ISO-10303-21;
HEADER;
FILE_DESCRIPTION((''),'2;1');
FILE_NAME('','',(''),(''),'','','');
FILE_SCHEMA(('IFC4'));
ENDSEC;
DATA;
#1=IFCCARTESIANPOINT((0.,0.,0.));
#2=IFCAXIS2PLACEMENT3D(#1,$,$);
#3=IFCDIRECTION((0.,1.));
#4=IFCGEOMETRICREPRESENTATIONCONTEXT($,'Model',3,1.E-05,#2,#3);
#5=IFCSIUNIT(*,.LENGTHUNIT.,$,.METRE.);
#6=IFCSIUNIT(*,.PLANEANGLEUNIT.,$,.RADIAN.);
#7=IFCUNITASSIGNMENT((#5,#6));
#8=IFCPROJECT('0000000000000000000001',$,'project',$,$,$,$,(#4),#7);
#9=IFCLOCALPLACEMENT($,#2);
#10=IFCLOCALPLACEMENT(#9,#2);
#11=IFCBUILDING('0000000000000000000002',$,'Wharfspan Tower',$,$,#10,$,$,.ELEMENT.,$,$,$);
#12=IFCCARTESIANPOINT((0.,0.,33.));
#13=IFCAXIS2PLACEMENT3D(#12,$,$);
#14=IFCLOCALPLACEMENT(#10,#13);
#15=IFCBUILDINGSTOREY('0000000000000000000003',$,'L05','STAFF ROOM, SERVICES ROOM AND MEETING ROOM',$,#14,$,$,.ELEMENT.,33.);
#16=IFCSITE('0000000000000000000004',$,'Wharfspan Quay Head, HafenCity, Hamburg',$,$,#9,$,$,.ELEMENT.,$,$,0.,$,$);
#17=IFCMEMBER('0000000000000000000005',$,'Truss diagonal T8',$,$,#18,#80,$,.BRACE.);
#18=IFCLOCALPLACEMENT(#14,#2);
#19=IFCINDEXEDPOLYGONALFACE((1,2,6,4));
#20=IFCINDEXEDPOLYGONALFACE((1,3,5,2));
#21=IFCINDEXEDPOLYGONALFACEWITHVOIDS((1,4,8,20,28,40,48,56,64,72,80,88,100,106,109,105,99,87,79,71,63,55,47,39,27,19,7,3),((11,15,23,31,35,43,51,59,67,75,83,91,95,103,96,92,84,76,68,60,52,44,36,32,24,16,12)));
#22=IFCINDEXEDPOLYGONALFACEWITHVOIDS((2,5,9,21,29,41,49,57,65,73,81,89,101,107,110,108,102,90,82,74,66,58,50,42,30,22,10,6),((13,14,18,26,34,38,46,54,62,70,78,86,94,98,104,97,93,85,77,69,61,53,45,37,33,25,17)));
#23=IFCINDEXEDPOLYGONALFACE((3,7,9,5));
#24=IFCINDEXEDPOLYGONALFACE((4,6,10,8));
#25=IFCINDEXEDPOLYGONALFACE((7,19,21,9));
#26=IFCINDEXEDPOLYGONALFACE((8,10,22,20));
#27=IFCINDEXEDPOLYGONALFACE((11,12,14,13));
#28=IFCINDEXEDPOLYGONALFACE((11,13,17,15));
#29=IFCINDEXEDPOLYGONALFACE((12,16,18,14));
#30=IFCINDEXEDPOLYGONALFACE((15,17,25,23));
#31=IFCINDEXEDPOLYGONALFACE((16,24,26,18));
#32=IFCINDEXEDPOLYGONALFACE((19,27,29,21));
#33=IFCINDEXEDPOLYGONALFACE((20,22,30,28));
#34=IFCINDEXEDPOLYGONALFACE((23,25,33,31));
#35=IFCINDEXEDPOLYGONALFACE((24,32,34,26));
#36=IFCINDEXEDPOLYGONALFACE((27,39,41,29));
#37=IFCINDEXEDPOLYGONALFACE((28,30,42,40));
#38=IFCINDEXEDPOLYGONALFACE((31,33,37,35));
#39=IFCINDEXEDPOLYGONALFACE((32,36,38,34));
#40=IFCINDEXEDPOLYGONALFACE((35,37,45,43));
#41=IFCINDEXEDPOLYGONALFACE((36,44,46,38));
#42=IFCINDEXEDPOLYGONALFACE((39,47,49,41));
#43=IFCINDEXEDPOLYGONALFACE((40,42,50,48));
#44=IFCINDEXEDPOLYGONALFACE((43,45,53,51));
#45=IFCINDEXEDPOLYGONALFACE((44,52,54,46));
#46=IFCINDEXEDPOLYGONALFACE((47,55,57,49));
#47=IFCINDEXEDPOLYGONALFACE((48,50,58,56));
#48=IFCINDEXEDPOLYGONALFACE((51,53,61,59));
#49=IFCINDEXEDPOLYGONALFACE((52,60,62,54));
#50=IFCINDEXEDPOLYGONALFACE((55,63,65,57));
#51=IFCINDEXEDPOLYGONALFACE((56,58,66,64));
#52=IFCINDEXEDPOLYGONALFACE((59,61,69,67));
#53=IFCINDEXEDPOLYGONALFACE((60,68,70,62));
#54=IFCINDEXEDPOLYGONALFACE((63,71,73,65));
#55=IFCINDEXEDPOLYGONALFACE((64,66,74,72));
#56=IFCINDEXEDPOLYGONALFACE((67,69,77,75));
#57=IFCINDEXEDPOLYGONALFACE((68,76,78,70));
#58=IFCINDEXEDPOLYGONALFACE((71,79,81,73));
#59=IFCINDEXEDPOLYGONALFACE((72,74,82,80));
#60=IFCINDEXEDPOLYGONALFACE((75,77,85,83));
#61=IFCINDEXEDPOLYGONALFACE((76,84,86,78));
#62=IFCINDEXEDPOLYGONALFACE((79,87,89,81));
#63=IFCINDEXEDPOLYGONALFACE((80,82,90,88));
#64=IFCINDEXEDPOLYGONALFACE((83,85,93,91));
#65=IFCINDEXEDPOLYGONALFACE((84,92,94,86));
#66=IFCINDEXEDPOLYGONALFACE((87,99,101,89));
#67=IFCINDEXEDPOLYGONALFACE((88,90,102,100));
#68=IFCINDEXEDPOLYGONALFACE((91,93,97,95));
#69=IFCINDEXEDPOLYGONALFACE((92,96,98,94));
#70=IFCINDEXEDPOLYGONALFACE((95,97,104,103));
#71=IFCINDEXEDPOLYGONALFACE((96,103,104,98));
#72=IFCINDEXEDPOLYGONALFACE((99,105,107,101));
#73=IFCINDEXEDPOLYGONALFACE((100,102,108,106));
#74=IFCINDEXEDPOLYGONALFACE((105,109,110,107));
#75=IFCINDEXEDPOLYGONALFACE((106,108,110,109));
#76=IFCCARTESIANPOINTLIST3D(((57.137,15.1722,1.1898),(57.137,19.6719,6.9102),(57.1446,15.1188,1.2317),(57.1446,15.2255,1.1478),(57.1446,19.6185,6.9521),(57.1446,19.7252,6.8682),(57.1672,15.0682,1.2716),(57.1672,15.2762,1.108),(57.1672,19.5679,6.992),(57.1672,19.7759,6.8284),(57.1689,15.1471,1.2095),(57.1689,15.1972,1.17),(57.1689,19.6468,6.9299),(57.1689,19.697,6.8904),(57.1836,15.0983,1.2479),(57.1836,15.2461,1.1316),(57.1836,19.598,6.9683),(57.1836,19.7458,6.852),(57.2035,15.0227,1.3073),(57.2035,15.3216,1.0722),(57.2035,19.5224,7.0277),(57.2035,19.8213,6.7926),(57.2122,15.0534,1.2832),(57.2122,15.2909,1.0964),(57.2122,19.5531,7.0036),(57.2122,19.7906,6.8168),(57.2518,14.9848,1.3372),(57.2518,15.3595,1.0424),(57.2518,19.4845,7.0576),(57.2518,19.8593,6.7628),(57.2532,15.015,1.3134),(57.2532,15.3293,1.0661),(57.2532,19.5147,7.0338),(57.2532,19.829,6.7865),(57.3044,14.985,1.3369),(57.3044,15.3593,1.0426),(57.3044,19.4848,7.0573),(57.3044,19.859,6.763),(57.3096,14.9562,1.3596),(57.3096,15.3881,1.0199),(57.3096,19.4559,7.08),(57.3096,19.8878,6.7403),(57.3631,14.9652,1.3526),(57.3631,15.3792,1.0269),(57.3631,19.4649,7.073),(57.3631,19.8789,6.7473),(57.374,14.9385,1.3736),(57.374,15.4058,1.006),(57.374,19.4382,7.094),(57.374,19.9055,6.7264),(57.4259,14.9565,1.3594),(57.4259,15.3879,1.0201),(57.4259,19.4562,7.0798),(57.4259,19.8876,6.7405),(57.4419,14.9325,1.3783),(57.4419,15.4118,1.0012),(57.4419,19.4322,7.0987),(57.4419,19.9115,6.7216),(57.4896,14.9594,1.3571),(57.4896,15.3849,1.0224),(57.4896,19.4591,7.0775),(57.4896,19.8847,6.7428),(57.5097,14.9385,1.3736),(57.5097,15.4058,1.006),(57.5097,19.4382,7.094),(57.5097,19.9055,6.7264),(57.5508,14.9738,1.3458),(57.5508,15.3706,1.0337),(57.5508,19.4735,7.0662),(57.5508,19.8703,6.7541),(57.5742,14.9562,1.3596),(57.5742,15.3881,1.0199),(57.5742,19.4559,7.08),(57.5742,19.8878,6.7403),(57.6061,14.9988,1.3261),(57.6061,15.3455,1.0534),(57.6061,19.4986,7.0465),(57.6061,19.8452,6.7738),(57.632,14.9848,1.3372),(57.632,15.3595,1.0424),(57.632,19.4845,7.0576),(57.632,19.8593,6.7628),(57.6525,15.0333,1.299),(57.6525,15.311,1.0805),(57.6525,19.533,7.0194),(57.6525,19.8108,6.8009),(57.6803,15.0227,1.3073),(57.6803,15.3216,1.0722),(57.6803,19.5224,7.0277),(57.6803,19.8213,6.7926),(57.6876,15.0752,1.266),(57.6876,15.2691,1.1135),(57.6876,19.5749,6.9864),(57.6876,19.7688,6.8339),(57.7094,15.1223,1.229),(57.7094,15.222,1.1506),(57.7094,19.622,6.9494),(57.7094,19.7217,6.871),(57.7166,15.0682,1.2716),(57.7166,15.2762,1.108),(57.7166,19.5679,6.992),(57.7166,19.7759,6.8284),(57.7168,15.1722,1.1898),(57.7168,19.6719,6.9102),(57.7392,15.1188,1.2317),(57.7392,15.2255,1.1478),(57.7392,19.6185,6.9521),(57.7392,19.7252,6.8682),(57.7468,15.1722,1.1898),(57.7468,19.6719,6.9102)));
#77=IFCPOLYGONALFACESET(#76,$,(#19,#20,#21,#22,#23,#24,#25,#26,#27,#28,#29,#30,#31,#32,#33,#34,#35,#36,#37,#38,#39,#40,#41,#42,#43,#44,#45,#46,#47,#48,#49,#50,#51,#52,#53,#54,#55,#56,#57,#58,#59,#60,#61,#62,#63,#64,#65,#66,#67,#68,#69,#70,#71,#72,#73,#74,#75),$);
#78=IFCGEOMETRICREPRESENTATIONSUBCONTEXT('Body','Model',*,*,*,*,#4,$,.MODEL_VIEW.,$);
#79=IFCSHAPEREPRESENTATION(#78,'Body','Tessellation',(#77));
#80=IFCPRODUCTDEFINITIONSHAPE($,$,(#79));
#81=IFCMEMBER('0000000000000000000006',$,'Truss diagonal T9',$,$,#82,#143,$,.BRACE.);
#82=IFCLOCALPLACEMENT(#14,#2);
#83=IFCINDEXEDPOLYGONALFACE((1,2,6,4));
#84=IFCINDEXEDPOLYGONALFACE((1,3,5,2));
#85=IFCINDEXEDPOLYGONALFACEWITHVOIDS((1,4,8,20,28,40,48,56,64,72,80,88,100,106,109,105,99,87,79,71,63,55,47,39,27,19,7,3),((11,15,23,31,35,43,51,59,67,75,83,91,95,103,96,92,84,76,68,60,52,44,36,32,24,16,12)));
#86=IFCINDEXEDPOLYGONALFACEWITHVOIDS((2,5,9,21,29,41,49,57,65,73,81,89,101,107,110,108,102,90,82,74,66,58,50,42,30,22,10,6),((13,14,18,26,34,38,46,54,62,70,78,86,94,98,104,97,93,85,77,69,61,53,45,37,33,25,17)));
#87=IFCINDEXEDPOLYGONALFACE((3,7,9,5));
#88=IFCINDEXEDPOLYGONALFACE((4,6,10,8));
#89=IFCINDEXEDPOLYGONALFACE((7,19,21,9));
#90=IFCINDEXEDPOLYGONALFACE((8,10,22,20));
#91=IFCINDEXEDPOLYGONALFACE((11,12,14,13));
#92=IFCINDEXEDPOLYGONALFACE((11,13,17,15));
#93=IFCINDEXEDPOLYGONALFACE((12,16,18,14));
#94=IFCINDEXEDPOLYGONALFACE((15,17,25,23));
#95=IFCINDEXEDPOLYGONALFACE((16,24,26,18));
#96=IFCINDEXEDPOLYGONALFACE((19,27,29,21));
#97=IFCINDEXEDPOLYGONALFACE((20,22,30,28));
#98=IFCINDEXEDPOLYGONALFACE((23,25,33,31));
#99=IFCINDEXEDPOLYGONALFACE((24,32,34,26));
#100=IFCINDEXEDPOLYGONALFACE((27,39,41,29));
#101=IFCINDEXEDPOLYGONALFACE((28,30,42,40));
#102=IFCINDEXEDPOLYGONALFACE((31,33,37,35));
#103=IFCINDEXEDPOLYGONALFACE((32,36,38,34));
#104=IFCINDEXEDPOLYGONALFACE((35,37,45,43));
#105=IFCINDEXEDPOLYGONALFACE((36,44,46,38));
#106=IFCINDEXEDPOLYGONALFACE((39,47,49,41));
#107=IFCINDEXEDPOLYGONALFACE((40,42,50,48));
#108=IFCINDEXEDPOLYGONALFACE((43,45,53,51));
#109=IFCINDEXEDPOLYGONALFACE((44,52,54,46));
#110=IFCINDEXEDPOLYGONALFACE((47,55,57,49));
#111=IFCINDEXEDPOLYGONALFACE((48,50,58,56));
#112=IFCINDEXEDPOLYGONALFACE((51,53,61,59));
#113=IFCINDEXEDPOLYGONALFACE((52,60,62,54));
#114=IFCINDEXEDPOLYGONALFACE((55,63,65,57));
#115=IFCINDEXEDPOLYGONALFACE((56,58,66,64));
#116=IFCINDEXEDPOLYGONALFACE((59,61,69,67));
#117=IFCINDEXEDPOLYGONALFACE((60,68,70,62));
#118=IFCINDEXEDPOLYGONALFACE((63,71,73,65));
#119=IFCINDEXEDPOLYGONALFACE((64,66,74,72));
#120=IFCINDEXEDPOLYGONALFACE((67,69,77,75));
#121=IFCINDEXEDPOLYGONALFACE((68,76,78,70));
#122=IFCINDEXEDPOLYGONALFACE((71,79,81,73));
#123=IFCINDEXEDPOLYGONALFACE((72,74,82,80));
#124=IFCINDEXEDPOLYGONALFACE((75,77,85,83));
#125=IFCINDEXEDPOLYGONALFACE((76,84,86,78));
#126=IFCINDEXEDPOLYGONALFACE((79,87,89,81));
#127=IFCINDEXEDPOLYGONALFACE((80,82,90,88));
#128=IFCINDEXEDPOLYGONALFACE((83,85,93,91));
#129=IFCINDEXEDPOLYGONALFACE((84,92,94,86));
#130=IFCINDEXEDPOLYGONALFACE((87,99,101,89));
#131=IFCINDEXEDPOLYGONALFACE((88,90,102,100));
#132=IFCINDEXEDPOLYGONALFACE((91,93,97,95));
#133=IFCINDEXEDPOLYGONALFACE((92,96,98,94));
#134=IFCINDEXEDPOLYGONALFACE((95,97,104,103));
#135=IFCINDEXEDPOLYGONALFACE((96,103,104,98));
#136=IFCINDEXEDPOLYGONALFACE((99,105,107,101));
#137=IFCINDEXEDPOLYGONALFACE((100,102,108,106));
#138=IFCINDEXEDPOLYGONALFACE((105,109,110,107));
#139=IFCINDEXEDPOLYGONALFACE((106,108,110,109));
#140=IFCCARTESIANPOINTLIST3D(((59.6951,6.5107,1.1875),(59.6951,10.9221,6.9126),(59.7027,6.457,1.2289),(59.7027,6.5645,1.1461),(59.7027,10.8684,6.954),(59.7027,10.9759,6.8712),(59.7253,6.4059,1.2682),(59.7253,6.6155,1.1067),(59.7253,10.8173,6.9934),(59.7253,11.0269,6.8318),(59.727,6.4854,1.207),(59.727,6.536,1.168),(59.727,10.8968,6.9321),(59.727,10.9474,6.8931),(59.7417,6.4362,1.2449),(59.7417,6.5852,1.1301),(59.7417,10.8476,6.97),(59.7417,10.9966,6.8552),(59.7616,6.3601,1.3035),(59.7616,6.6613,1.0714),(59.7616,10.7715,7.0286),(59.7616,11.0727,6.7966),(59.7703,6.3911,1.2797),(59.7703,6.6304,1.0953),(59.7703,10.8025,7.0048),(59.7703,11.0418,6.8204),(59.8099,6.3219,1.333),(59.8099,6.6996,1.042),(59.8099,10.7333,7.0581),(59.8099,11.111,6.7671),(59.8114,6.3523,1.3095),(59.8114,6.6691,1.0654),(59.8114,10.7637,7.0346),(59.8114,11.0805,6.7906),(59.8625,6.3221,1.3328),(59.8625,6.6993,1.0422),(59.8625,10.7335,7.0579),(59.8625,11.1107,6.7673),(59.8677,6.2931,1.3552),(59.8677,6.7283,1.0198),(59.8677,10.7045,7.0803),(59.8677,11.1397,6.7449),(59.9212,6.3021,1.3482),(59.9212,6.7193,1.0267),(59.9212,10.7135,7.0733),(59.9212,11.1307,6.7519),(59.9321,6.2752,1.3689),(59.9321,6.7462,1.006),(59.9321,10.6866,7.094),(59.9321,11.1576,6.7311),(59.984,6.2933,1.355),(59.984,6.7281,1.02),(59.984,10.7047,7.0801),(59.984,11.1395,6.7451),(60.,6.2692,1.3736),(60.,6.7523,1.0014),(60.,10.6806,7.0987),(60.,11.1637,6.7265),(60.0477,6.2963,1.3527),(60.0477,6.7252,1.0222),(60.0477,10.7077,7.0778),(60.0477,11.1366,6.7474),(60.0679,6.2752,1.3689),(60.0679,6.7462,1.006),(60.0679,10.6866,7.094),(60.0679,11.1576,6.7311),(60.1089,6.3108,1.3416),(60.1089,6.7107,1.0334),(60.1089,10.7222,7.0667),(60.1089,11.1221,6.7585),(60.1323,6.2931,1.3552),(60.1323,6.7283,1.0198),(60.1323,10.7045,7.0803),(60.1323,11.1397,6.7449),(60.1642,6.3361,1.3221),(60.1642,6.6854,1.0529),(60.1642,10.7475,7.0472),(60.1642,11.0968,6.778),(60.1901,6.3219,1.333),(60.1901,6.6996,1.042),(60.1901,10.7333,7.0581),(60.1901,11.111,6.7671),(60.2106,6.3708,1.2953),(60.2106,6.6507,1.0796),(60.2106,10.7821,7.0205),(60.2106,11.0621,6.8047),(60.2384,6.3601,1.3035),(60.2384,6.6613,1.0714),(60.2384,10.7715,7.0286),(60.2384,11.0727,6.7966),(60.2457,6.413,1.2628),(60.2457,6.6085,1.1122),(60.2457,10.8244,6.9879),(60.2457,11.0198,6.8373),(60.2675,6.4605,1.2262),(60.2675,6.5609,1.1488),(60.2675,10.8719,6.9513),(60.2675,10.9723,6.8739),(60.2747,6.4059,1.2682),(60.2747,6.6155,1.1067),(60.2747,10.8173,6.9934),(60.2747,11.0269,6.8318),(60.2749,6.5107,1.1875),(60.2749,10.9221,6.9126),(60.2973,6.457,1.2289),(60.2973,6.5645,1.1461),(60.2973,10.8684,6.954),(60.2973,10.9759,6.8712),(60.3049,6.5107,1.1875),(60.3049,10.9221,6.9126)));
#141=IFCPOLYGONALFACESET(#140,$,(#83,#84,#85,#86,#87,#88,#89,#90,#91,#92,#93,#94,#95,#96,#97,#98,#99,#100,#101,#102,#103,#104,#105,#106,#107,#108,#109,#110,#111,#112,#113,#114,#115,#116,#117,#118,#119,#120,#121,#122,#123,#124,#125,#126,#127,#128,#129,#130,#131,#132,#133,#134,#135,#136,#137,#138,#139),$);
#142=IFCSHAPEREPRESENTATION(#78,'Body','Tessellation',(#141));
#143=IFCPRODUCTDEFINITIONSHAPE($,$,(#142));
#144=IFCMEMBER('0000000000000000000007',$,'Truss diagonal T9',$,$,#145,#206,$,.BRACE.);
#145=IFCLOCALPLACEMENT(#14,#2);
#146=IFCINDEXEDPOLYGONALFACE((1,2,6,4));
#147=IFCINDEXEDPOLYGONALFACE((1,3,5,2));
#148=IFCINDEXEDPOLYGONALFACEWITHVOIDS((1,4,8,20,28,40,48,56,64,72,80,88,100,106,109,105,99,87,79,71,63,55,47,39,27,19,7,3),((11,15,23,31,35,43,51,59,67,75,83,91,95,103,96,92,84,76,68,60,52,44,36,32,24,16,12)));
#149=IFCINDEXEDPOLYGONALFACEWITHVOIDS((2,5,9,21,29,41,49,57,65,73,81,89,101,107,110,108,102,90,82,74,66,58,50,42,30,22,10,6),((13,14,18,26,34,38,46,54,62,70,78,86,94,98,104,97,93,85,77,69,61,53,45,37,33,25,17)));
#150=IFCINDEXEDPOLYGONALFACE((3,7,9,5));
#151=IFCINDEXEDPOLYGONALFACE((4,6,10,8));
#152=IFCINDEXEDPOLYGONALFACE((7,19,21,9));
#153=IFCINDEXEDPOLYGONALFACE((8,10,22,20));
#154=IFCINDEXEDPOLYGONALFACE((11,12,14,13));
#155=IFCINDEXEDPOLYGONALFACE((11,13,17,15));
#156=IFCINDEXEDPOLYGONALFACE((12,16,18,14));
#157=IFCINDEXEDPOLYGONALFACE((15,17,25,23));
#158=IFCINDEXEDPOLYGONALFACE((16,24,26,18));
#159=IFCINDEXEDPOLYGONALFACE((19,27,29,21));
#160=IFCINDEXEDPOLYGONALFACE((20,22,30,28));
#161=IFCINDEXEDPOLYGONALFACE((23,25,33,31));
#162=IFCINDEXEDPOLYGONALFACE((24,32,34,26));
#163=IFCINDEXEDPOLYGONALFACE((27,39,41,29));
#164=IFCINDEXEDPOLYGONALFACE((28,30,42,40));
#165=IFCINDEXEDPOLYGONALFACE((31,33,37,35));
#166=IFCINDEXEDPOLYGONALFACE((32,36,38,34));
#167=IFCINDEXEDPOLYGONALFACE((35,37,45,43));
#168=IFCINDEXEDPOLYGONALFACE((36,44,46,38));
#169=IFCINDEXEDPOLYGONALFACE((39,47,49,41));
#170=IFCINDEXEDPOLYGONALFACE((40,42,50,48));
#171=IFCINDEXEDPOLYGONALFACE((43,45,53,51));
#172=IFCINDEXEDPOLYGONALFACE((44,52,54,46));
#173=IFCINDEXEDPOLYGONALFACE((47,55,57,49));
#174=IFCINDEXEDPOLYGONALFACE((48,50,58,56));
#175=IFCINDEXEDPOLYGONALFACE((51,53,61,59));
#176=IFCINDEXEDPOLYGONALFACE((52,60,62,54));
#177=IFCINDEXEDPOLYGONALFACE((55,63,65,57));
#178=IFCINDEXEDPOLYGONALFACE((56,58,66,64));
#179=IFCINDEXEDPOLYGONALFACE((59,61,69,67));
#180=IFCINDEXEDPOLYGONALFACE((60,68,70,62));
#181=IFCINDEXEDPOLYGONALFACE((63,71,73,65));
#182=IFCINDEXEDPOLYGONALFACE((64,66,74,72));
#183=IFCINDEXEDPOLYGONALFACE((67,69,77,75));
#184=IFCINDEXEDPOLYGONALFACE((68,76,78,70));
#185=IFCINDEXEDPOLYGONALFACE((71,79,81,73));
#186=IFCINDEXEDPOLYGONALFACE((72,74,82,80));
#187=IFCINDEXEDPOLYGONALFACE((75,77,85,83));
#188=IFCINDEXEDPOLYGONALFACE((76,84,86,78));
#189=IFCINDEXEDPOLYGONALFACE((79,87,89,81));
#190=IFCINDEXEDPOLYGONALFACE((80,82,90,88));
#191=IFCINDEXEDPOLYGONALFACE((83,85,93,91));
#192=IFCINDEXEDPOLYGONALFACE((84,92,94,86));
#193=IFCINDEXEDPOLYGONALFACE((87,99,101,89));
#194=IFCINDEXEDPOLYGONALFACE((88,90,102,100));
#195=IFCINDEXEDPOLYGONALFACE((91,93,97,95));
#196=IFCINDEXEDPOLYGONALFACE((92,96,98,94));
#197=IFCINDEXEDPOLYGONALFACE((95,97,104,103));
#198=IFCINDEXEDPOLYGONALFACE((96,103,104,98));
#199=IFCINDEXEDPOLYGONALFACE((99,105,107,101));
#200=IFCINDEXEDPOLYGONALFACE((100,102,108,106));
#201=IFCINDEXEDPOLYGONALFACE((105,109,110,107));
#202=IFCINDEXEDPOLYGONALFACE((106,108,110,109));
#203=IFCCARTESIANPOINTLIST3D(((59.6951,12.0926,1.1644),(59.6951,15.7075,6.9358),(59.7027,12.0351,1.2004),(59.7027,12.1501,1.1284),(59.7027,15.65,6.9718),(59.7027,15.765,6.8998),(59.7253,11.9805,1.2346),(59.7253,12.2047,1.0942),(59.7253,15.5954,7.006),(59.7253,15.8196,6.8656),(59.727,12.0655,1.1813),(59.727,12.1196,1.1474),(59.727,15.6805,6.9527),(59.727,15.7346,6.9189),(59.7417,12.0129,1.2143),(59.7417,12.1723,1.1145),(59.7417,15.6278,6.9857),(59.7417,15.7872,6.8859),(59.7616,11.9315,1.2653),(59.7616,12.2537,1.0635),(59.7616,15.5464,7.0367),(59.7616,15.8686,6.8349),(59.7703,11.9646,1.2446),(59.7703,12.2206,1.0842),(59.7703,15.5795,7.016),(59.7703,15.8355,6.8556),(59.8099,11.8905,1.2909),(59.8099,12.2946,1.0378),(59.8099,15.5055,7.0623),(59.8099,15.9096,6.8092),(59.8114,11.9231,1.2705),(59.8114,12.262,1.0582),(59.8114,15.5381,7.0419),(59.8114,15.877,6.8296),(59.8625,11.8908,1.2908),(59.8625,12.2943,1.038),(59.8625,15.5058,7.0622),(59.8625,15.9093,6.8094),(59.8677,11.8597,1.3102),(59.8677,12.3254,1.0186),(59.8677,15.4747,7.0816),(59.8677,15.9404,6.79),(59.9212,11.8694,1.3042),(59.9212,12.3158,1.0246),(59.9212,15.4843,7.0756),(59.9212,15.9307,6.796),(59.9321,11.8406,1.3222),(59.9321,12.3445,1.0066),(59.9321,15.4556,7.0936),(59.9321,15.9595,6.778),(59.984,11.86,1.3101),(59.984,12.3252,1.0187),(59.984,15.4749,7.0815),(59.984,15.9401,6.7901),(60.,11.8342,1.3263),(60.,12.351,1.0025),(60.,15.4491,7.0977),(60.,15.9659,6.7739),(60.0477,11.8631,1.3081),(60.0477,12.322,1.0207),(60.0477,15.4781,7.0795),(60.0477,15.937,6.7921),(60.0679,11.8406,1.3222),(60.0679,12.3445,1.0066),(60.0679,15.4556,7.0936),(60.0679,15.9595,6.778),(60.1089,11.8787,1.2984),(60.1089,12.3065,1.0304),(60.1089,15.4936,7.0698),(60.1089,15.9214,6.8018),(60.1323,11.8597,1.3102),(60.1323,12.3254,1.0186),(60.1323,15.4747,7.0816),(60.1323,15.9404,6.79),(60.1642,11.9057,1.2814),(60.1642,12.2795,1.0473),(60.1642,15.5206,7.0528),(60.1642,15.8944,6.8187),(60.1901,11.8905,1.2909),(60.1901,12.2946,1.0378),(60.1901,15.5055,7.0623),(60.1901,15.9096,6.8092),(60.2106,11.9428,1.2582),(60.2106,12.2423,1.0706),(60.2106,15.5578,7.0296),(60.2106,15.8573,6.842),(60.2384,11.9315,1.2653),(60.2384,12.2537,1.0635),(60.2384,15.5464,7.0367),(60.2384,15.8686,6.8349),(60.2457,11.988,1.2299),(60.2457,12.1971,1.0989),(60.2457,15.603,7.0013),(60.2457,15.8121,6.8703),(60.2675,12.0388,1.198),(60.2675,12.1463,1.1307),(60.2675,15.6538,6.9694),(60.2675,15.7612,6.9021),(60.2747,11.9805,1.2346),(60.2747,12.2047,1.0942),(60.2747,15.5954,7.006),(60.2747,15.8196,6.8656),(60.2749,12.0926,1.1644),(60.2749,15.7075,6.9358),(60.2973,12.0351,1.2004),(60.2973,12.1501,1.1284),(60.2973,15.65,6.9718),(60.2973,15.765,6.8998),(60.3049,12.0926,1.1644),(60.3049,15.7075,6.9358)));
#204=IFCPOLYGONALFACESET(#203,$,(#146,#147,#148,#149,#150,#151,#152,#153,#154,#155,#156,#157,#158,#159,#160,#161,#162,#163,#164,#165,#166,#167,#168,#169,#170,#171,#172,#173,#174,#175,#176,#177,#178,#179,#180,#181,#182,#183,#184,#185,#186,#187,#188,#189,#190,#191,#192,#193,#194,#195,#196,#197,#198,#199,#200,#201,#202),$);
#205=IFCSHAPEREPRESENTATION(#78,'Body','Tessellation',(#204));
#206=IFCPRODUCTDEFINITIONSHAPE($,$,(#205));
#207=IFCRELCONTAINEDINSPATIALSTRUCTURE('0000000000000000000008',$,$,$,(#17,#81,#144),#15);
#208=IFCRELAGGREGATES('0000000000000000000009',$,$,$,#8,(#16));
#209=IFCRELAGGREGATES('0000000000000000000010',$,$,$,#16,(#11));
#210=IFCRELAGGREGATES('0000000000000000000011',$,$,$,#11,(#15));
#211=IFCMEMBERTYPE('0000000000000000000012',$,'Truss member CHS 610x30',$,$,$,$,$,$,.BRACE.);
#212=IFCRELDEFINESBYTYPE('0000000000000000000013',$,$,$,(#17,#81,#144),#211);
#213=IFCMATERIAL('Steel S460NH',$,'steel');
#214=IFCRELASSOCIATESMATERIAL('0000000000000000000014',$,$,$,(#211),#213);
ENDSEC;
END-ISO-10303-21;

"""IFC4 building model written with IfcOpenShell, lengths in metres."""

from ifc_helpers import new_model, si_unit, direction, frame, origin, origin_2d, place, context, subcontext, project, spatial, hollow_circle, extrude, material, material_profile, profile_set, type_object, element, save


model = new_model("IFC4")

# Units and contexts
model_context = context("Model", 3, precision=1e-05, world=origin(), true_north=direction((0.0, 1.0)))
body_context = subcontext(model_context, "Body", "Model", "MODEL_VIEW")
ifc_project = project(units=[si_unit("LENGTHUNIT", "METRE"), si_unit("PLANEANGLEUNIT", "RADIAN")], contexts=[model_context])

# Site, building, storey
site_placement = place(None, origin())
site = spatial("IfcSite", under=ifc_project, at=site_placement, Name="Wharfspan Quay Head, HafenCity, Hamburg", CompositionType="ELEMENT", RefElevation=0.0)
building_placement = place(site_placement, origin())
building = spatial("IfcBuilding", under=site, at=building_placement, Name="Wharfspan Tower", CompositionType="ELEMENT")
storey_placement = place(building_placement, frame((0.0, 0.0, 33.0)))
storey = spatial("IfcBuildingStorey", under=building, at=storey_placement, Name="L05", Description="STAFF ROOM, SERVICES ROOM AND MEETING ROOM", CompositionType="ELEMENT", Elevation=33.0)

# Members
ifc_material_1 = material(Name="Steel S460NH", Category="steel")
ifc_material_profile_1 = material_profile(ifc_material_1, hollow_circle(Radius=0.3049, WallThickness=0.03, at=origin_2d()))
ifc_profile_set_1 = profile_set([ifc_material_profile_1], Name="Steel S460NH")
member_type_1 = type_object("IfcMemberType", Name="Truss member CHS 610x30", PredefinedType="BRACE", material=ifc_profile_set_1)
member_1_placement = place(storey_placement, frame((57.4419, 19.6719, 6.9102), z_axis=(0.0, -0.618256, -0.785977), x_axis=(1.0, 0.0, 0.0)))
element("IfcMember", 1, at=member_1_placement, inside=storey, type_object=member_type_1, Name="Truss diagonal T8", PredefinedType="BRACE", context=body_context, shape_type="SweptSolid", body=[
    extrude(hollow_circle(Radius=0.3049, WallThickness=0.03, at=origin_2d()), origin(), (0.0, 0.0, 1.0), 7.2781),
])
member_2_placement = place(storey_placement, frame((60.0, 10.9221, 6.9126), z_axis=(0.0, -0.610359, -0.792125), x_axis=(1.0, 0.0, 0.0)))
element("IfcMember", 2, at=member_2_placement, inside=storey, type_object=member_type_1, Name="Truss diagonal T9", PredefinedType="BRACE", context=body_context, shape_type="SweptSolid", body=[
    extrude(hollow_circle(Radius=0.3049, WallThickness=0.03, at=origin_2d()), origin(), (0.0, 0.0, 1.0), 7.2275),
])
for number, where, z_axis, x_axis, name in (
    (3, (60.0, 15.7075, 6.9358), (0.0, -0.530824, -0.847482), (1.0, 0.0, 0.0), "Truss diagonal T9"),
):
    element("IfcMember", number, at=place(storey_placement, frame(where, z_axis=z_axis, x_axis=x_axis)), inside=storey, type_object=member_type_1, Name=name, PredefinedType="BRACE", context=body_context, shape_type="SweptSolid", body=[
        extrude(hollow_circle(Radius=0.3049, WallThickness=0.03, at=origin_2d()), origin(), (0.0, 0.0, 1.0), 6.8101),
    ])

save(model, "model.ifc")
